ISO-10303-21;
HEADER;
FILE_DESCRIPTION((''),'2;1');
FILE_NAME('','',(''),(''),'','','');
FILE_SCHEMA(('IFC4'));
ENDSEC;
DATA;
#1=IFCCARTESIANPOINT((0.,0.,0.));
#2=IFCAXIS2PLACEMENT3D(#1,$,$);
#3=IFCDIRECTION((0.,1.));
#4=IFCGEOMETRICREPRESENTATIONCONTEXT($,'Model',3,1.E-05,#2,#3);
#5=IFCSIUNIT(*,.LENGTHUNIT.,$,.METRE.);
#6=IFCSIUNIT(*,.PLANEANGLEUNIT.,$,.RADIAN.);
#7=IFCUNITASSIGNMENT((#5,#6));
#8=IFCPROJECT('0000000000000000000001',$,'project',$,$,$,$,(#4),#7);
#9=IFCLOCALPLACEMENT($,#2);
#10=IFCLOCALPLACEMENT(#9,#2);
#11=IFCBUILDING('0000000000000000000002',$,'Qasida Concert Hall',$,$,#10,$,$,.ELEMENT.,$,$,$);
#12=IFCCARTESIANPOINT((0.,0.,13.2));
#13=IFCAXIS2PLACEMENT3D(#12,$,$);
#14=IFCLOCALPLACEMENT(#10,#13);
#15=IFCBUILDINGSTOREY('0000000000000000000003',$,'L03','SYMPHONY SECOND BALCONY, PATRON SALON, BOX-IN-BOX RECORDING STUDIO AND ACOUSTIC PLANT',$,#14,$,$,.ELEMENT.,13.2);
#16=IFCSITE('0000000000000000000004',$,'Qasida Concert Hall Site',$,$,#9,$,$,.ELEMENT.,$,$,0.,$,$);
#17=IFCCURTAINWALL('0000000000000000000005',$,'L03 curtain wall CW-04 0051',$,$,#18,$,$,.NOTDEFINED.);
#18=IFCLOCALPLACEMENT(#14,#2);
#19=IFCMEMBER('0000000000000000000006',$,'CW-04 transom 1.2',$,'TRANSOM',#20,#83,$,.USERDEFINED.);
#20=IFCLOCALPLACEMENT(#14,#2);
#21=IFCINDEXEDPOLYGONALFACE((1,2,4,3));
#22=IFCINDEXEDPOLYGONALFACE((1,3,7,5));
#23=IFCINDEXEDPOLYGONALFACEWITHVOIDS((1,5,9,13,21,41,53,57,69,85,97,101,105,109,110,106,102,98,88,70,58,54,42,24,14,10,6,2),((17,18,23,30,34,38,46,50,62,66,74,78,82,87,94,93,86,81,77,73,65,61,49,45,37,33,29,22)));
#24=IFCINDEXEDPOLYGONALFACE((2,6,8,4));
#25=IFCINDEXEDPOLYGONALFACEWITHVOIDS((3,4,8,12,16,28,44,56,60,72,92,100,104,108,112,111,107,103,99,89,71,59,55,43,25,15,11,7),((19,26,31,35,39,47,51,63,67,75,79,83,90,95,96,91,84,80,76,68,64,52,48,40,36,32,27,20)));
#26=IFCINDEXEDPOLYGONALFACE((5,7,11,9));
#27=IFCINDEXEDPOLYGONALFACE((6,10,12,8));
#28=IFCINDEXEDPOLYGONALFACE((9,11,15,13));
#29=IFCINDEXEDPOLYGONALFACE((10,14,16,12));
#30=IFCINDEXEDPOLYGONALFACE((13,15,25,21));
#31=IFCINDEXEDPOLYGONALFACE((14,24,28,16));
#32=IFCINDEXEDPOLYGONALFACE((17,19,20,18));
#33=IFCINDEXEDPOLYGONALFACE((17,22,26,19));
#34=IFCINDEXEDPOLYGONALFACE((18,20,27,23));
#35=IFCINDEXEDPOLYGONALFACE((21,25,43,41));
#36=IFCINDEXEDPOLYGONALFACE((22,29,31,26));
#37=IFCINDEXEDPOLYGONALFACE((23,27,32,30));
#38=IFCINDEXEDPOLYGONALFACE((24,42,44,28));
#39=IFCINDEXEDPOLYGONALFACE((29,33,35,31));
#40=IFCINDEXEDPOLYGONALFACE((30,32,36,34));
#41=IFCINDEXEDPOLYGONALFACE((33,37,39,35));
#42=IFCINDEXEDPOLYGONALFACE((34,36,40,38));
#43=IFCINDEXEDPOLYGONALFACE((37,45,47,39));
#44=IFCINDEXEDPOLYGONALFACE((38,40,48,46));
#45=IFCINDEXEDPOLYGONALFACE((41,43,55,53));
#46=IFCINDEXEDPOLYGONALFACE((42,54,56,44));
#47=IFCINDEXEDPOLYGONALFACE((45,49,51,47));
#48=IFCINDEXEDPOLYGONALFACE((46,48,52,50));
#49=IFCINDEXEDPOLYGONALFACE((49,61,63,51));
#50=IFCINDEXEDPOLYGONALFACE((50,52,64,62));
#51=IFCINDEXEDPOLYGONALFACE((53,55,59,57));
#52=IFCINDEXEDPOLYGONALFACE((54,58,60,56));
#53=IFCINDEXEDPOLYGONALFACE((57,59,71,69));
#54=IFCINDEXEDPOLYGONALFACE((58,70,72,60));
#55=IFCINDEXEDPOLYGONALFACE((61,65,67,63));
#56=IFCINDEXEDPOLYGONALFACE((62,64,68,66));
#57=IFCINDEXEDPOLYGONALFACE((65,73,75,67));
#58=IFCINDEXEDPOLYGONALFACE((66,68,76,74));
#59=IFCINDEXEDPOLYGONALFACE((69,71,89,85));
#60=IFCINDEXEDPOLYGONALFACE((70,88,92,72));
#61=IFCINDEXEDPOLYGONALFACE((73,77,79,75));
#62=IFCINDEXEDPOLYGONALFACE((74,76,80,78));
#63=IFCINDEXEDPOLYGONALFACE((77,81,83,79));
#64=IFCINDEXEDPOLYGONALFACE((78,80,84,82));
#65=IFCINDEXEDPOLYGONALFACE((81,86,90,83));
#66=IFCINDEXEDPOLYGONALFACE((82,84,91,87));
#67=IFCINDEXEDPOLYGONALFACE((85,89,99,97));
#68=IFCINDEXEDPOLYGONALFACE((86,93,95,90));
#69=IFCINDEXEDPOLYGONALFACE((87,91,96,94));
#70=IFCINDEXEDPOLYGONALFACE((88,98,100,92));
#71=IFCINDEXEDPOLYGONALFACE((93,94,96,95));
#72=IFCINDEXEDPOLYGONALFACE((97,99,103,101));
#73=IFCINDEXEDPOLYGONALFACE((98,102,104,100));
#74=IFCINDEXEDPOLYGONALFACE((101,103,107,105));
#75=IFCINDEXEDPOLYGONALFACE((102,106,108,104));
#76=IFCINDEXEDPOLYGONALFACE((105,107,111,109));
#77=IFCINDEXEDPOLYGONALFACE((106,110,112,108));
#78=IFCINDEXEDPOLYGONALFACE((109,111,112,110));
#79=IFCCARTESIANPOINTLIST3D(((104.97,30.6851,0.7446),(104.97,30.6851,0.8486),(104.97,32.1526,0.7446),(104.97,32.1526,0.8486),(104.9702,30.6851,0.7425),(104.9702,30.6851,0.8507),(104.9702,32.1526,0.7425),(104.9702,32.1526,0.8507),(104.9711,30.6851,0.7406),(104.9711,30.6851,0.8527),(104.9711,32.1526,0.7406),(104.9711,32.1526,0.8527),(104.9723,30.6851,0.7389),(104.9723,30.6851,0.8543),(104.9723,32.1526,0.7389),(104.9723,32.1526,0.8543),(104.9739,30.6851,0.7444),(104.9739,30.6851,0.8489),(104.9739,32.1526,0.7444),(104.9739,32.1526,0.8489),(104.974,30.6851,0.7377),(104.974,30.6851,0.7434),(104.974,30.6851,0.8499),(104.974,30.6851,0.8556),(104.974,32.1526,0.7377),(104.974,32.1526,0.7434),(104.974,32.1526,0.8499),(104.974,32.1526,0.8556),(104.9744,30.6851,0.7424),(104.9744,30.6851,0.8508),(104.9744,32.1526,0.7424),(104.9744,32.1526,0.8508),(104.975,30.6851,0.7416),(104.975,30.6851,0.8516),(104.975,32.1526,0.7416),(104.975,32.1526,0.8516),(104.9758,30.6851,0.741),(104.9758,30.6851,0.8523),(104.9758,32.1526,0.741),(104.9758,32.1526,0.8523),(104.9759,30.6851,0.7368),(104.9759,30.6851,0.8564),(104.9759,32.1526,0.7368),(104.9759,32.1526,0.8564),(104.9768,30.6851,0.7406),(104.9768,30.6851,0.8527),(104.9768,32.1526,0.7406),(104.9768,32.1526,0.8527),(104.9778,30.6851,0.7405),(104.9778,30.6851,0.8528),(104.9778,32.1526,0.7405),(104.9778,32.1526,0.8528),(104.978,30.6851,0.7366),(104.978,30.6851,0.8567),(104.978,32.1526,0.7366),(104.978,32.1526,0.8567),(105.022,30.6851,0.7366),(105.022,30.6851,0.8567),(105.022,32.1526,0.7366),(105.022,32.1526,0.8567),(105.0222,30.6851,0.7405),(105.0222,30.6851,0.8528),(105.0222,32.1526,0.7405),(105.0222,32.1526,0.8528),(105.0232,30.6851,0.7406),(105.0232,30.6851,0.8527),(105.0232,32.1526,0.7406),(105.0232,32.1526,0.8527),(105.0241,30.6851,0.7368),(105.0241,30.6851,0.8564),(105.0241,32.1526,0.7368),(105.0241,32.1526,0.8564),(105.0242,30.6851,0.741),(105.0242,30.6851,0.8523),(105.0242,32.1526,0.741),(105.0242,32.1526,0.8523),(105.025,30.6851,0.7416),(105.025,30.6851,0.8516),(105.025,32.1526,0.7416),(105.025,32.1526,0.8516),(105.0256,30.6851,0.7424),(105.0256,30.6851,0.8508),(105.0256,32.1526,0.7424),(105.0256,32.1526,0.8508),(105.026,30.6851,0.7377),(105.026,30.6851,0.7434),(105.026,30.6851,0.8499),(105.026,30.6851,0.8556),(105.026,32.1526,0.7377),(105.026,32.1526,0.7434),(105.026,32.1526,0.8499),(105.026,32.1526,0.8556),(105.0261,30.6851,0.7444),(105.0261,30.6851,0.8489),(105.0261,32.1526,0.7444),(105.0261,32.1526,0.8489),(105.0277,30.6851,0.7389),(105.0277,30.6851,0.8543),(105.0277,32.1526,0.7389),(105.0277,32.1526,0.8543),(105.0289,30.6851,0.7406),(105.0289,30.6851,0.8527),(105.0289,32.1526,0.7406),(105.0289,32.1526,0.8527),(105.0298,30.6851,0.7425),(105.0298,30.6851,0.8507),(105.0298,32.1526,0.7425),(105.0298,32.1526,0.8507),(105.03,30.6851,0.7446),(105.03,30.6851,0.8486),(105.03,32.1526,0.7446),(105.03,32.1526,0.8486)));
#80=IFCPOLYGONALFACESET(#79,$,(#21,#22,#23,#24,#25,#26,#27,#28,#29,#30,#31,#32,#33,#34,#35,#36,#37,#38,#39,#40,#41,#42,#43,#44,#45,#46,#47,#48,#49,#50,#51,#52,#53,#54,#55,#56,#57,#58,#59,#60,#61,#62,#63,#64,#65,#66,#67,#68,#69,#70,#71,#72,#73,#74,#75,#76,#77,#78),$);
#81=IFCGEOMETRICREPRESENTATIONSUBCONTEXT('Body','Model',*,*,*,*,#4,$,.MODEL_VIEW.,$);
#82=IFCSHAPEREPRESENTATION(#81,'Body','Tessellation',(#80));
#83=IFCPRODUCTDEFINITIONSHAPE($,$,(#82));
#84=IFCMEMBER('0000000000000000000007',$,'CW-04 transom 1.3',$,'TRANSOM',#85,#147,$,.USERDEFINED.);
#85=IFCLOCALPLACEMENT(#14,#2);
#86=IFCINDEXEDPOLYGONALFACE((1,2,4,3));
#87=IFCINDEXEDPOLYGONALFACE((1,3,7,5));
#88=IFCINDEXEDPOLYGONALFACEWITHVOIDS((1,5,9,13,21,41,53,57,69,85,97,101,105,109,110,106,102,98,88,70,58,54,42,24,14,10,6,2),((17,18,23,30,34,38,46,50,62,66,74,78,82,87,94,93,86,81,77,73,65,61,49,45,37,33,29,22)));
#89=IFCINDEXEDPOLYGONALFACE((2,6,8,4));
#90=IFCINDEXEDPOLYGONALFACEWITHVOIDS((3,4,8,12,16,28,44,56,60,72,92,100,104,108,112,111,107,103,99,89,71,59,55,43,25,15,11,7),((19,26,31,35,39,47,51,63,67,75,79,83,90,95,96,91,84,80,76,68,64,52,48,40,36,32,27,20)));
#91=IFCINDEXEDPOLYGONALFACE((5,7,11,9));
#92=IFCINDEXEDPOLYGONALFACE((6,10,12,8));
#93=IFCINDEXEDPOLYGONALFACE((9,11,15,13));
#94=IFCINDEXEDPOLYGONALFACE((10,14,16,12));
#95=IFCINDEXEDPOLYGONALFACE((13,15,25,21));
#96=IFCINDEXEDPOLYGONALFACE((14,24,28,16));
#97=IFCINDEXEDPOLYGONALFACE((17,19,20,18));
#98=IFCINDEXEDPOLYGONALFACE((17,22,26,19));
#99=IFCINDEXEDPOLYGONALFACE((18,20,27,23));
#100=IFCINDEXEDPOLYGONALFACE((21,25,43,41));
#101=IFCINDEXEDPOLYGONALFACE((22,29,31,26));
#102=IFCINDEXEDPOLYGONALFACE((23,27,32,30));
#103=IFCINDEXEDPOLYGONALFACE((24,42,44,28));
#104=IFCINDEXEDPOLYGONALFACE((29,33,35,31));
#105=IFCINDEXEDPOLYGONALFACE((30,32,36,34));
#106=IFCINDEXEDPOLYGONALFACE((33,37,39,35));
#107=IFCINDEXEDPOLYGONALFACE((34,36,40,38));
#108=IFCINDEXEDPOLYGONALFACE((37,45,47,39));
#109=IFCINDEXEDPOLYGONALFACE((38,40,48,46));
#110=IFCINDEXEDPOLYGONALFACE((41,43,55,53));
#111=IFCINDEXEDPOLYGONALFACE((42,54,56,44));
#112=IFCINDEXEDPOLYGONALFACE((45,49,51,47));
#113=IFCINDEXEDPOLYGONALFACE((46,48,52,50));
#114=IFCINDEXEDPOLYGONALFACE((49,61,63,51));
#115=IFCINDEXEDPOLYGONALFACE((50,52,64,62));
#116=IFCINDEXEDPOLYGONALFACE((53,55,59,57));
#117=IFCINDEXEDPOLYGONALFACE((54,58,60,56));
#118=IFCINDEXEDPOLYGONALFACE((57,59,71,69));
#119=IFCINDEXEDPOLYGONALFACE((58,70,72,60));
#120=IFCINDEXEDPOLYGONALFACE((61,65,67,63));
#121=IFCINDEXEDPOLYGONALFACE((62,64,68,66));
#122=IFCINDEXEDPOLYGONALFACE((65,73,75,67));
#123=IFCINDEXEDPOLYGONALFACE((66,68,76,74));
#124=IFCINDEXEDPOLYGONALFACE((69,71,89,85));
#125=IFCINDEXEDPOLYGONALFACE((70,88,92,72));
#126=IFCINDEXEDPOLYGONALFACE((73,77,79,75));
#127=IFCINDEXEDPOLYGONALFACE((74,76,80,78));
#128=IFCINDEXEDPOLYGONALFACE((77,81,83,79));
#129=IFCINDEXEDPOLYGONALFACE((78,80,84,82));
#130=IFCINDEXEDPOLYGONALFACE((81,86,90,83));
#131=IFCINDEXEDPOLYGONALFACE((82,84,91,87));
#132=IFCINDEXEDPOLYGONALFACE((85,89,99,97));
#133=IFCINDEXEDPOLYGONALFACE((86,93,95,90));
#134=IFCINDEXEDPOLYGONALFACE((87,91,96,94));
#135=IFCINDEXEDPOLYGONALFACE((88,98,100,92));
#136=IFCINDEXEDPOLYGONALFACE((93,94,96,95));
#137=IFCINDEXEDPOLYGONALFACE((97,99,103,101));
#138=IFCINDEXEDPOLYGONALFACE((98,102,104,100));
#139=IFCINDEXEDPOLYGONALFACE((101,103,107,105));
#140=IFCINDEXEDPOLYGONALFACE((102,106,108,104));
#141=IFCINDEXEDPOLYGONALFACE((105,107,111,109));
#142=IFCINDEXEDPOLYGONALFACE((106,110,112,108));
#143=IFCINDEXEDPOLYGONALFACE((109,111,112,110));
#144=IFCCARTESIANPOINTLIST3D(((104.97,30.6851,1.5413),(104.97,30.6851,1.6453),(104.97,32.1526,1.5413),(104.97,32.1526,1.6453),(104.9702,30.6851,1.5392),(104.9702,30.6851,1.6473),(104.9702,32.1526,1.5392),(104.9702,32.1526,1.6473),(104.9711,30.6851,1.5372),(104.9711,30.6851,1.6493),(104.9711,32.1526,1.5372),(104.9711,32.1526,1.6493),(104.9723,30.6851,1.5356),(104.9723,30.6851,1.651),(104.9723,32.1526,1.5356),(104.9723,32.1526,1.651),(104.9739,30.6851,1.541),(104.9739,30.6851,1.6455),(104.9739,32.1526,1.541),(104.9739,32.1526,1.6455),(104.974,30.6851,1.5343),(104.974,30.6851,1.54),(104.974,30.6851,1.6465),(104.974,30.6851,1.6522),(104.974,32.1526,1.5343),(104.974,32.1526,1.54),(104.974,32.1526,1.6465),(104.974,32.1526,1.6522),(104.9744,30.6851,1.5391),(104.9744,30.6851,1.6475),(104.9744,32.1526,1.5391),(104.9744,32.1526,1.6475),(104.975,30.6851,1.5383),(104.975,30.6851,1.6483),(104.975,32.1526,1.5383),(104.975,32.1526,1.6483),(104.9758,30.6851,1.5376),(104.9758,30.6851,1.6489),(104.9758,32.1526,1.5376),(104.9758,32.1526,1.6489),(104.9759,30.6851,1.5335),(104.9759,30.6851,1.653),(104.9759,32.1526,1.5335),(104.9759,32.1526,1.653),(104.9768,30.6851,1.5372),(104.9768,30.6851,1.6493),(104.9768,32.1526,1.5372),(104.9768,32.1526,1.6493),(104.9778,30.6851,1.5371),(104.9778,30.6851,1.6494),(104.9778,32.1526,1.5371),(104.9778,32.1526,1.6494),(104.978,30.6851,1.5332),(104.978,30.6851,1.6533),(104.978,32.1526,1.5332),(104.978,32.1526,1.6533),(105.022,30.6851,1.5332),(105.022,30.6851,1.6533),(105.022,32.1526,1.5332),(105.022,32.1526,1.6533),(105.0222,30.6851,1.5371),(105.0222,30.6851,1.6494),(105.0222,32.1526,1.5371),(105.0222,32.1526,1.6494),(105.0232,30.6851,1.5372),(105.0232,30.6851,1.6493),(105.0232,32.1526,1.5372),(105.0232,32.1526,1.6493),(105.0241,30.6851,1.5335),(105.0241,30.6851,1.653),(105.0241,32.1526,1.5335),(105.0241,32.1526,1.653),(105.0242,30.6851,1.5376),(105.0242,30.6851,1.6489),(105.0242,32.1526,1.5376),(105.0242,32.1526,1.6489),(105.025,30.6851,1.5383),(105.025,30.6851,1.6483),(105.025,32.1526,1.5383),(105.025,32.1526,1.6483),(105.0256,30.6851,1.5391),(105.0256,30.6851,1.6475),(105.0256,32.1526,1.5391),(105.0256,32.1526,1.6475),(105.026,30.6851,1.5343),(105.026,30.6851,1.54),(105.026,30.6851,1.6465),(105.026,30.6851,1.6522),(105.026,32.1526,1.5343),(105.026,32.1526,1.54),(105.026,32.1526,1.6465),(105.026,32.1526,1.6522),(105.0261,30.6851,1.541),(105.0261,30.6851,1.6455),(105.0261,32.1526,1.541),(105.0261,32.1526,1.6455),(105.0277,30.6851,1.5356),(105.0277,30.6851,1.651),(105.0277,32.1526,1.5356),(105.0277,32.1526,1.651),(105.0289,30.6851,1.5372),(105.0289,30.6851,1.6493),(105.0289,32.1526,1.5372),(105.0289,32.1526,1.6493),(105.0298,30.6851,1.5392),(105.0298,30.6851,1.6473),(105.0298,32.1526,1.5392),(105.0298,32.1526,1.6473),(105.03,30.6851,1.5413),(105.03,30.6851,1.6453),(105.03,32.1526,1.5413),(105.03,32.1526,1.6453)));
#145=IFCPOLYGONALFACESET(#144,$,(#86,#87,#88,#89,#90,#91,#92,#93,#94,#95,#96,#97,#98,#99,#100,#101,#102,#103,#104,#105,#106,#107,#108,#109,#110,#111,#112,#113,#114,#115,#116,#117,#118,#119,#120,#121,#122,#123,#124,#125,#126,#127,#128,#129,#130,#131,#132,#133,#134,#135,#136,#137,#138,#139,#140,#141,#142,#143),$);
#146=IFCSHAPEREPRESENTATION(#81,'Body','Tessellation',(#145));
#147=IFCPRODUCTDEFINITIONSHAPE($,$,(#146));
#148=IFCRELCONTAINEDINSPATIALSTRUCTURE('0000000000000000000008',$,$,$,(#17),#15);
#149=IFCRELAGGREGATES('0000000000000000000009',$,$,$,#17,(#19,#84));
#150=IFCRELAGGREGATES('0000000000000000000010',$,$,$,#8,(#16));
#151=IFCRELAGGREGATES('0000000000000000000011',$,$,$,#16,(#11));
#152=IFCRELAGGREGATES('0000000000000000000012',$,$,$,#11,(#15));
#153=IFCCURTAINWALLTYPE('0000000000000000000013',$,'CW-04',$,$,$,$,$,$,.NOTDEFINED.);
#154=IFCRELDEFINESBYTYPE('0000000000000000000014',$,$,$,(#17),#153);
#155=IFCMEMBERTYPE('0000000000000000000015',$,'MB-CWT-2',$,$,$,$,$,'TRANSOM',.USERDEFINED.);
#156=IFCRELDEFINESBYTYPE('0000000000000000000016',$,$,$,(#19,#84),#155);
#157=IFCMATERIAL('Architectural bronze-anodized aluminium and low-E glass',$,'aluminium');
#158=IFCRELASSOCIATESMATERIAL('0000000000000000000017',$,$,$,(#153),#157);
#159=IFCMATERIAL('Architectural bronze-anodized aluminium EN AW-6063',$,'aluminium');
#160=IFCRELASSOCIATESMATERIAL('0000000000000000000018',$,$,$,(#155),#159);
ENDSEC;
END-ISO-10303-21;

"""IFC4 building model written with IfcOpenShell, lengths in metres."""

from ifc_helpers import new_model, si_unit, direction, frame, origin, origin_2d, place, context, subcontext, project, spatial, hollow_rectangle, extrude, material, material_profile, profile_set, type_object, element, aggregate, save


model = new_model("IFC4")

# Units and contexts
model_context = context("Model", 3, precision=1e-05, world=origin(), true_north=direction((0.0, 1.0)))
body_context = subcontext(model_context, "Body", "Model", "MODEL_VIEW")
ifc_project = project(units=[si_unit("LENGTHUNIT", "METRE"), si_unit("PLANEANGLEUNIT", "RADIAN")], contexts=[model_context])

# Site, building, storey
site_placement = place(None, origin())
site = spatial("IfcSite", under=ifc_project, at=site_placement, Name="Qasida Concert Hall Site", CompositionType="ELEMENT", RefElevation=0.0)
building_placement = place(site_placement, origin())
building = spatial("IfcBuilding", under=site, at=building_placement, Name="Qasida Concert Hall", CompositionType="ELEMENT")
storey_placement = place(building_placement, frame((0.0, 0.0, 13.2)))
storey = spatial("IfcBuildingStorey", under=building, at=storey_placement, Name="L03", Description="SYMPHONY SECOND BALCONY, PATRON SALON, BOX-IN-BOX RECORDING STUDIO AND ACOUSTIC PLANT", CompositionType="ELEMENT", Elevation=13.2)

# Curtain wall, members
ifc_material_1 = material(Name="Architectural bronze-anodized aluminium and low-E glass", Category="aluminium")
curtain_wall_type = type_object("IfcCurtainWallType", Name="CW-04", PredefinedType="NOTDEFINED", material=ifc_material_1)
curtain_wall_placement = place(storey_placement, origin())
curtain_wall = element("IfcCurtainWall", 1, at=curtain_wall_placement, inside=storey, type_object=curtain_wall_type, Name="L03 curtain wall CW-04 0051", PredefinedType="NOTDEFINED")
ifc_material_2 = material(Name="Architectural bronze-anodized aluminium EN AW-6063", Category="aluminium")
ifc_material_profile_1 = material_profile(ifc_material_2, hollow_rectangle(XDim=0.0601, YDim=0.1201, WallThickness=0.0039, InnerFilletRadius=0.0039, OuterFilletRadius=0.0081, at=origin_2d()), Name="CWT 120x60x4")
ifc_profile_set_1 = profile_set([ifc_material_profile_1], Name="Architectural bronze-anodized aluminium EN AW-6063")
member_type_1 = type_object("IfcMemberType", Name="MB-CWT-2", ElementType="TRANSOM", PredefinedType="USERDEFINED", material=ifc_profile_set_1)
member_1_placement = place(storey_placement, frame((105.0, 30.6851, 0.7966), z_axis=(0.0, 1.0, 0.0), x_axis=(-1.0, 0.0, 0.0)))
member_1 = element("IfcMember", 2, at=member_1_placement, type_object=member_type_1, Name="CW-04 transom 1.2", ObjectType="TRANSOM", PredefinedType="USERDEFINED", context=body_context, shape_type="SweptSolid", body=[
    extrude(hollow_rectangle(XDim=0.0601, YDim=0.1201, WallThickness=0.0039, InnerFilletRadius=0.0039, OuterFilletRadius=0.0081, at=origin_2d()), origin(), (0.0, 0.0, 1.0), 1.4675),
])
member_2_placement = place(storey_placement, frame((105.0, 30.6851, 1.5933), z_axis=(0.0, 1.0, 0.0), x_axis=(-1.0, 0.0, 0.0)))
member_2 = element("IfcMember", 3, at=member_2_placement, type_object=member_type_1, Name="CW-04 transom 1.3", ObjectType="TRANSOM", PredefinedType="USERDEFINED", context=body_context, shape_type="SweptSolid", body=[
    extrude(hollow_rectangle(XDim=0.0601, YDim=0.1201, WallThickness=0.0039, InnerFilletRadius=0.0039, OuterFilletRadius=0.0081, at=origin_2d()), origin(), (0.0, 0.0, 1.0), 1.4675),
])

aggregate(curtain_wall, [member_1, member_2])

save(model, "model.ifc")
